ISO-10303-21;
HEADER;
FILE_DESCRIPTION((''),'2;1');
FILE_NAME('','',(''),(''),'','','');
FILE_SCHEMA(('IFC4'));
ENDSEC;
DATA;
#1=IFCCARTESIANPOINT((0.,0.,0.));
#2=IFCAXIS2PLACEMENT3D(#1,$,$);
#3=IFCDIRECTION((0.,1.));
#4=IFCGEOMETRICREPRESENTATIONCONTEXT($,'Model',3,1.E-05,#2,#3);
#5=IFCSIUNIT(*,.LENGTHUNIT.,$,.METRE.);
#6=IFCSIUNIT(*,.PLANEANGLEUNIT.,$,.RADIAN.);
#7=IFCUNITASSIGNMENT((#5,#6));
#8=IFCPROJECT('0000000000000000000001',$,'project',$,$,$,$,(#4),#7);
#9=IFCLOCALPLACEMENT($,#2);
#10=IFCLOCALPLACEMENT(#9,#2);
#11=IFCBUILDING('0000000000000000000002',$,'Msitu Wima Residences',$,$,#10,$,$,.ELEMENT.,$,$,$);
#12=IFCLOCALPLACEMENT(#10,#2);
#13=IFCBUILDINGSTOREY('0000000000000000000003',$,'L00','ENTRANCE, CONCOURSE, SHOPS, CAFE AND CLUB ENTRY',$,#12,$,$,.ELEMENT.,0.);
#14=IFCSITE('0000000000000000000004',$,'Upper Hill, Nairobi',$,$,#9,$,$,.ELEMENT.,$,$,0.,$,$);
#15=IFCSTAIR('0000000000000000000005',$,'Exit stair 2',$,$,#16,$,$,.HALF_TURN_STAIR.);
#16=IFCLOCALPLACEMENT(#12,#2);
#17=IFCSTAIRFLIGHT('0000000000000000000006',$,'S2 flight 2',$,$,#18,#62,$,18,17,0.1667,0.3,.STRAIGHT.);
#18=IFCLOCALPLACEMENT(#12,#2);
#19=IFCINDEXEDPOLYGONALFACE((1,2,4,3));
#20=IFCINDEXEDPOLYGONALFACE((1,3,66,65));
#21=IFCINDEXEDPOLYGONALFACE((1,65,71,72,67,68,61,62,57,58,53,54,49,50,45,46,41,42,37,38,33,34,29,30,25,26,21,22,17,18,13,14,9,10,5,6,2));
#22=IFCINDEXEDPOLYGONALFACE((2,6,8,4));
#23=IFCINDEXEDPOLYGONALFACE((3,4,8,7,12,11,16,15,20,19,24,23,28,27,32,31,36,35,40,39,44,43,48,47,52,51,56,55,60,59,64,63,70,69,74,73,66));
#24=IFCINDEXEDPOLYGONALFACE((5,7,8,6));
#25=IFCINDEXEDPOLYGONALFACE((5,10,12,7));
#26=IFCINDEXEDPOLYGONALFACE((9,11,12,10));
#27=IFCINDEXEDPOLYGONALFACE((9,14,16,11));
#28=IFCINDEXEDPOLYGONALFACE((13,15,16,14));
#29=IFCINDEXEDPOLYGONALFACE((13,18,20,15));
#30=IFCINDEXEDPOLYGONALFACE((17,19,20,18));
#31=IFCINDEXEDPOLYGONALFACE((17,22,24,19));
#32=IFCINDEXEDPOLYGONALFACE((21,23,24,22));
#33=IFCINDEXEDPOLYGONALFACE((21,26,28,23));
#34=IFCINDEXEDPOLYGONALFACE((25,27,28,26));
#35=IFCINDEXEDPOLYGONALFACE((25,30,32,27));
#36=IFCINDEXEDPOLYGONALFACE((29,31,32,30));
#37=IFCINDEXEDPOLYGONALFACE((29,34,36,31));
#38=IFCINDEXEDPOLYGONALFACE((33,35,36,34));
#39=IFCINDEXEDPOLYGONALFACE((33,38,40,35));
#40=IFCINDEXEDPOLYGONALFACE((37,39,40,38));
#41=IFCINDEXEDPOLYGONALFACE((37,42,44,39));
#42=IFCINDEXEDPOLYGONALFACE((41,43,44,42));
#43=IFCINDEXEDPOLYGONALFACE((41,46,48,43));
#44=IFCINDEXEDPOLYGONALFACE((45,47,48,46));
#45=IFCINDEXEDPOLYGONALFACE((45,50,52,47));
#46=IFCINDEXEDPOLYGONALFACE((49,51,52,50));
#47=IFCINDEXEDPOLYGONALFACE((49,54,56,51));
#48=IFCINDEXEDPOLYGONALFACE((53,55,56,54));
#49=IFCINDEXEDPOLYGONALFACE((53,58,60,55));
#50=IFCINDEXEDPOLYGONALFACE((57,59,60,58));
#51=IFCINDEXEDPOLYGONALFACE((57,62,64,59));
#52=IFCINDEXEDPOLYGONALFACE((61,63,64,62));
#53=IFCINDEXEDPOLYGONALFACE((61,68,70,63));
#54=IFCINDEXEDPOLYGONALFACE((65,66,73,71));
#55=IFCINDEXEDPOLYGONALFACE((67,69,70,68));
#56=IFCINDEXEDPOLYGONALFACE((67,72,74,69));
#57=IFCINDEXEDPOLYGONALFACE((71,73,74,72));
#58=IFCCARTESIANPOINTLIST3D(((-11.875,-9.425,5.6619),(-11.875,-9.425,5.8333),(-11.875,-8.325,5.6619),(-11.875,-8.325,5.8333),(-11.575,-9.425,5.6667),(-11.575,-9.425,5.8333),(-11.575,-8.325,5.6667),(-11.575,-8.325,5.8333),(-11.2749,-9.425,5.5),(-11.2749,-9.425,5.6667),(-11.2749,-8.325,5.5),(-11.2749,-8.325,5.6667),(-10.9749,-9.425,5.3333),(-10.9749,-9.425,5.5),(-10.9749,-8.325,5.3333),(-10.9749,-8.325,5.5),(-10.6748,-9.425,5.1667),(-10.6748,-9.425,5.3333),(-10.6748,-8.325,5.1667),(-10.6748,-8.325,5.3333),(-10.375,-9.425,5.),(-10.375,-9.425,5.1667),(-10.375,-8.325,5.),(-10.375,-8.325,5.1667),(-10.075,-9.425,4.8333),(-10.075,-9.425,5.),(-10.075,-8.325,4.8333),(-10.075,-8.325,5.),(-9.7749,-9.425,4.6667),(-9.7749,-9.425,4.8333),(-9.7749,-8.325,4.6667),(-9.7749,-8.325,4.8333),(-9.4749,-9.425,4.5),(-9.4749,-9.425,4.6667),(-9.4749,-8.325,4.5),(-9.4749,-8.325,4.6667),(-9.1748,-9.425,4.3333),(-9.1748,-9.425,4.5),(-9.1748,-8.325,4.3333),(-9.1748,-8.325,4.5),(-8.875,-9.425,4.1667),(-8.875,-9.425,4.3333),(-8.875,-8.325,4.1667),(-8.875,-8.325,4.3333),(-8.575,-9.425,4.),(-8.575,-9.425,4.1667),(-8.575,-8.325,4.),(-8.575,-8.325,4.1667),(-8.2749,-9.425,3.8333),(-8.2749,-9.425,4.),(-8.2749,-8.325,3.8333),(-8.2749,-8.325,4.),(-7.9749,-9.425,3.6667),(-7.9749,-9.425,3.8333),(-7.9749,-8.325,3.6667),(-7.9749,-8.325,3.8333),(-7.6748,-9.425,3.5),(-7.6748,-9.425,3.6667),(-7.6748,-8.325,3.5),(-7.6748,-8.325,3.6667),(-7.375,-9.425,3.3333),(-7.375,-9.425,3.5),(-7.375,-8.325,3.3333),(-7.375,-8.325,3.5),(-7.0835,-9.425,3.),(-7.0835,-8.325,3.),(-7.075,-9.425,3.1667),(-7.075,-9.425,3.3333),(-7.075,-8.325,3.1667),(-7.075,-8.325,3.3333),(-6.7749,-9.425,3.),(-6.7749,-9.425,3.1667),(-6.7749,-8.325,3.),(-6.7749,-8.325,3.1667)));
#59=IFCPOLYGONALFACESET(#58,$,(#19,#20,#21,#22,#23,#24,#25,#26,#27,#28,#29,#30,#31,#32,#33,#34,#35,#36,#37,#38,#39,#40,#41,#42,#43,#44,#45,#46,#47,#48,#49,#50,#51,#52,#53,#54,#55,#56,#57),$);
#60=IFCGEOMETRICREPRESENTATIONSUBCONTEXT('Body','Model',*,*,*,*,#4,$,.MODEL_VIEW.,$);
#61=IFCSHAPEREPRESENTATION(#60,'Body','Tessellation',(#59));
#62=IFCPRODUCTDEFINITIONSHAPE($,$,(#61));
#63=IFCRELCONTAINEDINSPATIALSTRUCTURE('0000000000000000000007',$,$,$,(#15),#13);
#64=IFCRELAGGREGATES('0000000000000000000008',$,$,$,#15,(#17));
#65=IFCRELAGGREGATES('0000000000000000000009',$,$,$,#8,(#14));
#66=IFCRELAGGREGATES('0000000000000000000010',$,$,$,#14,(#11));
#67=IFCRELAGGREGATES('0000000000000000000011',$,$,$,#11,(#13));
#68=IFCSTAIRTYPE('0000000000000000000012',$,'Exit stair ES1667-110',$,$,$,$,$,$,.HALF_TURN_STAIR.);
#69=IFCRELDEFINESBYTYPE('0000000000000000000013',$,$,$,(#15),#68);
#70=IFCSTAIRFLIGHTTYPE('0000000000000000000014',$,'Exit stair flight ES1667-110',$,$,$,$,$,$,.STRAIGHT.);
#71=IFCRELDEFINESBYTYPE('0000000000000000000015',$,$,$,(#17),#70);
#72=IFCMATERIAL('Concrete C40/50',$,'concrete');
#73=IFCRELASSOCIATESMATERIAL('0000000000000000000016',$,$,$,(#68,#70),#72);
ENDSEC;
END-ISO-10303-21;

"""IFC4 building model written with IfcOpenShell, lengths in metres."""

from ifc_helpers import new_model, si_unit, direction, frame, origin, place, context, subcontext, project, spatial, polyline, outline, extrude, material, type_object, element, aggregate, save


model = new_model("IFC4")

# Units and contexts
model_context = context("Model", 3, precision=1e-05, world=origin(), true_north=direction((0.0, 1.0)))
body_context = subcontext(model_context, "Body", "Model", "MODEL_VIEW")
ifc_project = project(units=[si_unit("LENGTHUNIT", "METRE"), si_unit("PLANEANGLEUNIT", "RADIAN")], contexts=[model_context])

# Site, building, storey
site_placement = place(None, origin())
site = spatial("IfcSite", under=ifc_project, at=site_placement, Name="Upper Hill, Nairobi", CompositionType="ELEMENT", RefElevation=0.0)
building_placement = place(site_placement, origin())
building = spatial("IfcBuilding", under=site, at=building_placement, Name="Msitu Wima Residences", CompositionType="ELEMENT")
storey_placement = place(building_placement, origin())
storey = spatial("IfcBuildingStorey", under=building, at=storey_placement, Name="L00", Description="ENTRANCE, CONCOURSE, SHOPS, CAFE AND CLUB ENTRY", CompositionType="ELEMENT", Elevation=0.0)

# Shared definitions
ifc_material_1 = material(Name="Concrete C40/50", Category="concrete")

# Stair, stair flight
stair_type = type_object("IfcStairType", Name="Exit stair ES1667-110", PredefinedType="HALF_TURN_STAIR", material=ifc_material_1)
stair_placement = place(storey_placement, origin())
stair = element("IfcStair", 1, at=stair_placement, inside=storey, type_object=stair_type, Name="Exit stair 2", PredefinedType="HALF_TURN_STAIR")
stair_flight_type = type_object("IfcStairFlightType", Name="Exit stair flight ES1667-110", PredefinedType="STRAIGHT", material=ifc_material_1)
stair_flight_1_placement = place(storey_placement, frame((-6.7749, -8.875, 3.0), z_axis=(0.0, 0.0, 1.0), x_axis=(-1.0, 0.0, 0.0)))
stair_flight_1 = element("IfcStairFlight", 2, at=stair_flight_1_placement, type_object=stair_flight_type, Name="S2 flight 2", NumberOfRisers=18, NumberOfTreads=17, PredefinedType="STRAIGHT", RiserHeight=0.1667, TreadLength=0.3, context=body_context, shape_type="SweptSolid", body=[
    extrude(outline(polyline([(0.0, 0.0), (0.0, 0.1667), (0.3, 0.1667), (0.3, 0.3333), (0.6001, 0.3333), (0.6001, 0.5), (0.8999, 0.5), (0.8999, 0.6667), (1.2, 0.6667), (1.2, 0.8333), (1.5, 0.8333), (1.5, 1.0), (1.8, 1.0), (1.8, 1.1667), (2.1001, 1.1667), (2.1001, 1.3333), (2.3999, 1.3333), (2.3999, 1.5), (2.7, 1.5), (2.7, 1.6667), (3.0, 1.6667), (3.0, 1.8333), (3.3, 1.8333), (3.3, 2.0), (3.6001, 2.0), (3.6001, 2.1667), (3.8999, 2.1667), (3.8999, 2.3333), (4.2, 2.3333), (4.2, 2.5), (4.5, 2.5), (4.5, 2.6667), (4.8, 2.6667), (4.8, 2.8333), (5.1001, 2.8333), (5.1001, 3.0), (5.1001, 2.6619), (0.3086, 0.0), (0.0, 0.0)])), frame((0.0, 0.55, 0.0), z_axis=(0.0, -1.0, 0.0), x_axis=(1.0, 0.0, 0.0)), (0.0, 0.0, 1.0), 1.1001),
])
aggregate(stair, [stair_flight_1])

save(model, "model.ifc")
